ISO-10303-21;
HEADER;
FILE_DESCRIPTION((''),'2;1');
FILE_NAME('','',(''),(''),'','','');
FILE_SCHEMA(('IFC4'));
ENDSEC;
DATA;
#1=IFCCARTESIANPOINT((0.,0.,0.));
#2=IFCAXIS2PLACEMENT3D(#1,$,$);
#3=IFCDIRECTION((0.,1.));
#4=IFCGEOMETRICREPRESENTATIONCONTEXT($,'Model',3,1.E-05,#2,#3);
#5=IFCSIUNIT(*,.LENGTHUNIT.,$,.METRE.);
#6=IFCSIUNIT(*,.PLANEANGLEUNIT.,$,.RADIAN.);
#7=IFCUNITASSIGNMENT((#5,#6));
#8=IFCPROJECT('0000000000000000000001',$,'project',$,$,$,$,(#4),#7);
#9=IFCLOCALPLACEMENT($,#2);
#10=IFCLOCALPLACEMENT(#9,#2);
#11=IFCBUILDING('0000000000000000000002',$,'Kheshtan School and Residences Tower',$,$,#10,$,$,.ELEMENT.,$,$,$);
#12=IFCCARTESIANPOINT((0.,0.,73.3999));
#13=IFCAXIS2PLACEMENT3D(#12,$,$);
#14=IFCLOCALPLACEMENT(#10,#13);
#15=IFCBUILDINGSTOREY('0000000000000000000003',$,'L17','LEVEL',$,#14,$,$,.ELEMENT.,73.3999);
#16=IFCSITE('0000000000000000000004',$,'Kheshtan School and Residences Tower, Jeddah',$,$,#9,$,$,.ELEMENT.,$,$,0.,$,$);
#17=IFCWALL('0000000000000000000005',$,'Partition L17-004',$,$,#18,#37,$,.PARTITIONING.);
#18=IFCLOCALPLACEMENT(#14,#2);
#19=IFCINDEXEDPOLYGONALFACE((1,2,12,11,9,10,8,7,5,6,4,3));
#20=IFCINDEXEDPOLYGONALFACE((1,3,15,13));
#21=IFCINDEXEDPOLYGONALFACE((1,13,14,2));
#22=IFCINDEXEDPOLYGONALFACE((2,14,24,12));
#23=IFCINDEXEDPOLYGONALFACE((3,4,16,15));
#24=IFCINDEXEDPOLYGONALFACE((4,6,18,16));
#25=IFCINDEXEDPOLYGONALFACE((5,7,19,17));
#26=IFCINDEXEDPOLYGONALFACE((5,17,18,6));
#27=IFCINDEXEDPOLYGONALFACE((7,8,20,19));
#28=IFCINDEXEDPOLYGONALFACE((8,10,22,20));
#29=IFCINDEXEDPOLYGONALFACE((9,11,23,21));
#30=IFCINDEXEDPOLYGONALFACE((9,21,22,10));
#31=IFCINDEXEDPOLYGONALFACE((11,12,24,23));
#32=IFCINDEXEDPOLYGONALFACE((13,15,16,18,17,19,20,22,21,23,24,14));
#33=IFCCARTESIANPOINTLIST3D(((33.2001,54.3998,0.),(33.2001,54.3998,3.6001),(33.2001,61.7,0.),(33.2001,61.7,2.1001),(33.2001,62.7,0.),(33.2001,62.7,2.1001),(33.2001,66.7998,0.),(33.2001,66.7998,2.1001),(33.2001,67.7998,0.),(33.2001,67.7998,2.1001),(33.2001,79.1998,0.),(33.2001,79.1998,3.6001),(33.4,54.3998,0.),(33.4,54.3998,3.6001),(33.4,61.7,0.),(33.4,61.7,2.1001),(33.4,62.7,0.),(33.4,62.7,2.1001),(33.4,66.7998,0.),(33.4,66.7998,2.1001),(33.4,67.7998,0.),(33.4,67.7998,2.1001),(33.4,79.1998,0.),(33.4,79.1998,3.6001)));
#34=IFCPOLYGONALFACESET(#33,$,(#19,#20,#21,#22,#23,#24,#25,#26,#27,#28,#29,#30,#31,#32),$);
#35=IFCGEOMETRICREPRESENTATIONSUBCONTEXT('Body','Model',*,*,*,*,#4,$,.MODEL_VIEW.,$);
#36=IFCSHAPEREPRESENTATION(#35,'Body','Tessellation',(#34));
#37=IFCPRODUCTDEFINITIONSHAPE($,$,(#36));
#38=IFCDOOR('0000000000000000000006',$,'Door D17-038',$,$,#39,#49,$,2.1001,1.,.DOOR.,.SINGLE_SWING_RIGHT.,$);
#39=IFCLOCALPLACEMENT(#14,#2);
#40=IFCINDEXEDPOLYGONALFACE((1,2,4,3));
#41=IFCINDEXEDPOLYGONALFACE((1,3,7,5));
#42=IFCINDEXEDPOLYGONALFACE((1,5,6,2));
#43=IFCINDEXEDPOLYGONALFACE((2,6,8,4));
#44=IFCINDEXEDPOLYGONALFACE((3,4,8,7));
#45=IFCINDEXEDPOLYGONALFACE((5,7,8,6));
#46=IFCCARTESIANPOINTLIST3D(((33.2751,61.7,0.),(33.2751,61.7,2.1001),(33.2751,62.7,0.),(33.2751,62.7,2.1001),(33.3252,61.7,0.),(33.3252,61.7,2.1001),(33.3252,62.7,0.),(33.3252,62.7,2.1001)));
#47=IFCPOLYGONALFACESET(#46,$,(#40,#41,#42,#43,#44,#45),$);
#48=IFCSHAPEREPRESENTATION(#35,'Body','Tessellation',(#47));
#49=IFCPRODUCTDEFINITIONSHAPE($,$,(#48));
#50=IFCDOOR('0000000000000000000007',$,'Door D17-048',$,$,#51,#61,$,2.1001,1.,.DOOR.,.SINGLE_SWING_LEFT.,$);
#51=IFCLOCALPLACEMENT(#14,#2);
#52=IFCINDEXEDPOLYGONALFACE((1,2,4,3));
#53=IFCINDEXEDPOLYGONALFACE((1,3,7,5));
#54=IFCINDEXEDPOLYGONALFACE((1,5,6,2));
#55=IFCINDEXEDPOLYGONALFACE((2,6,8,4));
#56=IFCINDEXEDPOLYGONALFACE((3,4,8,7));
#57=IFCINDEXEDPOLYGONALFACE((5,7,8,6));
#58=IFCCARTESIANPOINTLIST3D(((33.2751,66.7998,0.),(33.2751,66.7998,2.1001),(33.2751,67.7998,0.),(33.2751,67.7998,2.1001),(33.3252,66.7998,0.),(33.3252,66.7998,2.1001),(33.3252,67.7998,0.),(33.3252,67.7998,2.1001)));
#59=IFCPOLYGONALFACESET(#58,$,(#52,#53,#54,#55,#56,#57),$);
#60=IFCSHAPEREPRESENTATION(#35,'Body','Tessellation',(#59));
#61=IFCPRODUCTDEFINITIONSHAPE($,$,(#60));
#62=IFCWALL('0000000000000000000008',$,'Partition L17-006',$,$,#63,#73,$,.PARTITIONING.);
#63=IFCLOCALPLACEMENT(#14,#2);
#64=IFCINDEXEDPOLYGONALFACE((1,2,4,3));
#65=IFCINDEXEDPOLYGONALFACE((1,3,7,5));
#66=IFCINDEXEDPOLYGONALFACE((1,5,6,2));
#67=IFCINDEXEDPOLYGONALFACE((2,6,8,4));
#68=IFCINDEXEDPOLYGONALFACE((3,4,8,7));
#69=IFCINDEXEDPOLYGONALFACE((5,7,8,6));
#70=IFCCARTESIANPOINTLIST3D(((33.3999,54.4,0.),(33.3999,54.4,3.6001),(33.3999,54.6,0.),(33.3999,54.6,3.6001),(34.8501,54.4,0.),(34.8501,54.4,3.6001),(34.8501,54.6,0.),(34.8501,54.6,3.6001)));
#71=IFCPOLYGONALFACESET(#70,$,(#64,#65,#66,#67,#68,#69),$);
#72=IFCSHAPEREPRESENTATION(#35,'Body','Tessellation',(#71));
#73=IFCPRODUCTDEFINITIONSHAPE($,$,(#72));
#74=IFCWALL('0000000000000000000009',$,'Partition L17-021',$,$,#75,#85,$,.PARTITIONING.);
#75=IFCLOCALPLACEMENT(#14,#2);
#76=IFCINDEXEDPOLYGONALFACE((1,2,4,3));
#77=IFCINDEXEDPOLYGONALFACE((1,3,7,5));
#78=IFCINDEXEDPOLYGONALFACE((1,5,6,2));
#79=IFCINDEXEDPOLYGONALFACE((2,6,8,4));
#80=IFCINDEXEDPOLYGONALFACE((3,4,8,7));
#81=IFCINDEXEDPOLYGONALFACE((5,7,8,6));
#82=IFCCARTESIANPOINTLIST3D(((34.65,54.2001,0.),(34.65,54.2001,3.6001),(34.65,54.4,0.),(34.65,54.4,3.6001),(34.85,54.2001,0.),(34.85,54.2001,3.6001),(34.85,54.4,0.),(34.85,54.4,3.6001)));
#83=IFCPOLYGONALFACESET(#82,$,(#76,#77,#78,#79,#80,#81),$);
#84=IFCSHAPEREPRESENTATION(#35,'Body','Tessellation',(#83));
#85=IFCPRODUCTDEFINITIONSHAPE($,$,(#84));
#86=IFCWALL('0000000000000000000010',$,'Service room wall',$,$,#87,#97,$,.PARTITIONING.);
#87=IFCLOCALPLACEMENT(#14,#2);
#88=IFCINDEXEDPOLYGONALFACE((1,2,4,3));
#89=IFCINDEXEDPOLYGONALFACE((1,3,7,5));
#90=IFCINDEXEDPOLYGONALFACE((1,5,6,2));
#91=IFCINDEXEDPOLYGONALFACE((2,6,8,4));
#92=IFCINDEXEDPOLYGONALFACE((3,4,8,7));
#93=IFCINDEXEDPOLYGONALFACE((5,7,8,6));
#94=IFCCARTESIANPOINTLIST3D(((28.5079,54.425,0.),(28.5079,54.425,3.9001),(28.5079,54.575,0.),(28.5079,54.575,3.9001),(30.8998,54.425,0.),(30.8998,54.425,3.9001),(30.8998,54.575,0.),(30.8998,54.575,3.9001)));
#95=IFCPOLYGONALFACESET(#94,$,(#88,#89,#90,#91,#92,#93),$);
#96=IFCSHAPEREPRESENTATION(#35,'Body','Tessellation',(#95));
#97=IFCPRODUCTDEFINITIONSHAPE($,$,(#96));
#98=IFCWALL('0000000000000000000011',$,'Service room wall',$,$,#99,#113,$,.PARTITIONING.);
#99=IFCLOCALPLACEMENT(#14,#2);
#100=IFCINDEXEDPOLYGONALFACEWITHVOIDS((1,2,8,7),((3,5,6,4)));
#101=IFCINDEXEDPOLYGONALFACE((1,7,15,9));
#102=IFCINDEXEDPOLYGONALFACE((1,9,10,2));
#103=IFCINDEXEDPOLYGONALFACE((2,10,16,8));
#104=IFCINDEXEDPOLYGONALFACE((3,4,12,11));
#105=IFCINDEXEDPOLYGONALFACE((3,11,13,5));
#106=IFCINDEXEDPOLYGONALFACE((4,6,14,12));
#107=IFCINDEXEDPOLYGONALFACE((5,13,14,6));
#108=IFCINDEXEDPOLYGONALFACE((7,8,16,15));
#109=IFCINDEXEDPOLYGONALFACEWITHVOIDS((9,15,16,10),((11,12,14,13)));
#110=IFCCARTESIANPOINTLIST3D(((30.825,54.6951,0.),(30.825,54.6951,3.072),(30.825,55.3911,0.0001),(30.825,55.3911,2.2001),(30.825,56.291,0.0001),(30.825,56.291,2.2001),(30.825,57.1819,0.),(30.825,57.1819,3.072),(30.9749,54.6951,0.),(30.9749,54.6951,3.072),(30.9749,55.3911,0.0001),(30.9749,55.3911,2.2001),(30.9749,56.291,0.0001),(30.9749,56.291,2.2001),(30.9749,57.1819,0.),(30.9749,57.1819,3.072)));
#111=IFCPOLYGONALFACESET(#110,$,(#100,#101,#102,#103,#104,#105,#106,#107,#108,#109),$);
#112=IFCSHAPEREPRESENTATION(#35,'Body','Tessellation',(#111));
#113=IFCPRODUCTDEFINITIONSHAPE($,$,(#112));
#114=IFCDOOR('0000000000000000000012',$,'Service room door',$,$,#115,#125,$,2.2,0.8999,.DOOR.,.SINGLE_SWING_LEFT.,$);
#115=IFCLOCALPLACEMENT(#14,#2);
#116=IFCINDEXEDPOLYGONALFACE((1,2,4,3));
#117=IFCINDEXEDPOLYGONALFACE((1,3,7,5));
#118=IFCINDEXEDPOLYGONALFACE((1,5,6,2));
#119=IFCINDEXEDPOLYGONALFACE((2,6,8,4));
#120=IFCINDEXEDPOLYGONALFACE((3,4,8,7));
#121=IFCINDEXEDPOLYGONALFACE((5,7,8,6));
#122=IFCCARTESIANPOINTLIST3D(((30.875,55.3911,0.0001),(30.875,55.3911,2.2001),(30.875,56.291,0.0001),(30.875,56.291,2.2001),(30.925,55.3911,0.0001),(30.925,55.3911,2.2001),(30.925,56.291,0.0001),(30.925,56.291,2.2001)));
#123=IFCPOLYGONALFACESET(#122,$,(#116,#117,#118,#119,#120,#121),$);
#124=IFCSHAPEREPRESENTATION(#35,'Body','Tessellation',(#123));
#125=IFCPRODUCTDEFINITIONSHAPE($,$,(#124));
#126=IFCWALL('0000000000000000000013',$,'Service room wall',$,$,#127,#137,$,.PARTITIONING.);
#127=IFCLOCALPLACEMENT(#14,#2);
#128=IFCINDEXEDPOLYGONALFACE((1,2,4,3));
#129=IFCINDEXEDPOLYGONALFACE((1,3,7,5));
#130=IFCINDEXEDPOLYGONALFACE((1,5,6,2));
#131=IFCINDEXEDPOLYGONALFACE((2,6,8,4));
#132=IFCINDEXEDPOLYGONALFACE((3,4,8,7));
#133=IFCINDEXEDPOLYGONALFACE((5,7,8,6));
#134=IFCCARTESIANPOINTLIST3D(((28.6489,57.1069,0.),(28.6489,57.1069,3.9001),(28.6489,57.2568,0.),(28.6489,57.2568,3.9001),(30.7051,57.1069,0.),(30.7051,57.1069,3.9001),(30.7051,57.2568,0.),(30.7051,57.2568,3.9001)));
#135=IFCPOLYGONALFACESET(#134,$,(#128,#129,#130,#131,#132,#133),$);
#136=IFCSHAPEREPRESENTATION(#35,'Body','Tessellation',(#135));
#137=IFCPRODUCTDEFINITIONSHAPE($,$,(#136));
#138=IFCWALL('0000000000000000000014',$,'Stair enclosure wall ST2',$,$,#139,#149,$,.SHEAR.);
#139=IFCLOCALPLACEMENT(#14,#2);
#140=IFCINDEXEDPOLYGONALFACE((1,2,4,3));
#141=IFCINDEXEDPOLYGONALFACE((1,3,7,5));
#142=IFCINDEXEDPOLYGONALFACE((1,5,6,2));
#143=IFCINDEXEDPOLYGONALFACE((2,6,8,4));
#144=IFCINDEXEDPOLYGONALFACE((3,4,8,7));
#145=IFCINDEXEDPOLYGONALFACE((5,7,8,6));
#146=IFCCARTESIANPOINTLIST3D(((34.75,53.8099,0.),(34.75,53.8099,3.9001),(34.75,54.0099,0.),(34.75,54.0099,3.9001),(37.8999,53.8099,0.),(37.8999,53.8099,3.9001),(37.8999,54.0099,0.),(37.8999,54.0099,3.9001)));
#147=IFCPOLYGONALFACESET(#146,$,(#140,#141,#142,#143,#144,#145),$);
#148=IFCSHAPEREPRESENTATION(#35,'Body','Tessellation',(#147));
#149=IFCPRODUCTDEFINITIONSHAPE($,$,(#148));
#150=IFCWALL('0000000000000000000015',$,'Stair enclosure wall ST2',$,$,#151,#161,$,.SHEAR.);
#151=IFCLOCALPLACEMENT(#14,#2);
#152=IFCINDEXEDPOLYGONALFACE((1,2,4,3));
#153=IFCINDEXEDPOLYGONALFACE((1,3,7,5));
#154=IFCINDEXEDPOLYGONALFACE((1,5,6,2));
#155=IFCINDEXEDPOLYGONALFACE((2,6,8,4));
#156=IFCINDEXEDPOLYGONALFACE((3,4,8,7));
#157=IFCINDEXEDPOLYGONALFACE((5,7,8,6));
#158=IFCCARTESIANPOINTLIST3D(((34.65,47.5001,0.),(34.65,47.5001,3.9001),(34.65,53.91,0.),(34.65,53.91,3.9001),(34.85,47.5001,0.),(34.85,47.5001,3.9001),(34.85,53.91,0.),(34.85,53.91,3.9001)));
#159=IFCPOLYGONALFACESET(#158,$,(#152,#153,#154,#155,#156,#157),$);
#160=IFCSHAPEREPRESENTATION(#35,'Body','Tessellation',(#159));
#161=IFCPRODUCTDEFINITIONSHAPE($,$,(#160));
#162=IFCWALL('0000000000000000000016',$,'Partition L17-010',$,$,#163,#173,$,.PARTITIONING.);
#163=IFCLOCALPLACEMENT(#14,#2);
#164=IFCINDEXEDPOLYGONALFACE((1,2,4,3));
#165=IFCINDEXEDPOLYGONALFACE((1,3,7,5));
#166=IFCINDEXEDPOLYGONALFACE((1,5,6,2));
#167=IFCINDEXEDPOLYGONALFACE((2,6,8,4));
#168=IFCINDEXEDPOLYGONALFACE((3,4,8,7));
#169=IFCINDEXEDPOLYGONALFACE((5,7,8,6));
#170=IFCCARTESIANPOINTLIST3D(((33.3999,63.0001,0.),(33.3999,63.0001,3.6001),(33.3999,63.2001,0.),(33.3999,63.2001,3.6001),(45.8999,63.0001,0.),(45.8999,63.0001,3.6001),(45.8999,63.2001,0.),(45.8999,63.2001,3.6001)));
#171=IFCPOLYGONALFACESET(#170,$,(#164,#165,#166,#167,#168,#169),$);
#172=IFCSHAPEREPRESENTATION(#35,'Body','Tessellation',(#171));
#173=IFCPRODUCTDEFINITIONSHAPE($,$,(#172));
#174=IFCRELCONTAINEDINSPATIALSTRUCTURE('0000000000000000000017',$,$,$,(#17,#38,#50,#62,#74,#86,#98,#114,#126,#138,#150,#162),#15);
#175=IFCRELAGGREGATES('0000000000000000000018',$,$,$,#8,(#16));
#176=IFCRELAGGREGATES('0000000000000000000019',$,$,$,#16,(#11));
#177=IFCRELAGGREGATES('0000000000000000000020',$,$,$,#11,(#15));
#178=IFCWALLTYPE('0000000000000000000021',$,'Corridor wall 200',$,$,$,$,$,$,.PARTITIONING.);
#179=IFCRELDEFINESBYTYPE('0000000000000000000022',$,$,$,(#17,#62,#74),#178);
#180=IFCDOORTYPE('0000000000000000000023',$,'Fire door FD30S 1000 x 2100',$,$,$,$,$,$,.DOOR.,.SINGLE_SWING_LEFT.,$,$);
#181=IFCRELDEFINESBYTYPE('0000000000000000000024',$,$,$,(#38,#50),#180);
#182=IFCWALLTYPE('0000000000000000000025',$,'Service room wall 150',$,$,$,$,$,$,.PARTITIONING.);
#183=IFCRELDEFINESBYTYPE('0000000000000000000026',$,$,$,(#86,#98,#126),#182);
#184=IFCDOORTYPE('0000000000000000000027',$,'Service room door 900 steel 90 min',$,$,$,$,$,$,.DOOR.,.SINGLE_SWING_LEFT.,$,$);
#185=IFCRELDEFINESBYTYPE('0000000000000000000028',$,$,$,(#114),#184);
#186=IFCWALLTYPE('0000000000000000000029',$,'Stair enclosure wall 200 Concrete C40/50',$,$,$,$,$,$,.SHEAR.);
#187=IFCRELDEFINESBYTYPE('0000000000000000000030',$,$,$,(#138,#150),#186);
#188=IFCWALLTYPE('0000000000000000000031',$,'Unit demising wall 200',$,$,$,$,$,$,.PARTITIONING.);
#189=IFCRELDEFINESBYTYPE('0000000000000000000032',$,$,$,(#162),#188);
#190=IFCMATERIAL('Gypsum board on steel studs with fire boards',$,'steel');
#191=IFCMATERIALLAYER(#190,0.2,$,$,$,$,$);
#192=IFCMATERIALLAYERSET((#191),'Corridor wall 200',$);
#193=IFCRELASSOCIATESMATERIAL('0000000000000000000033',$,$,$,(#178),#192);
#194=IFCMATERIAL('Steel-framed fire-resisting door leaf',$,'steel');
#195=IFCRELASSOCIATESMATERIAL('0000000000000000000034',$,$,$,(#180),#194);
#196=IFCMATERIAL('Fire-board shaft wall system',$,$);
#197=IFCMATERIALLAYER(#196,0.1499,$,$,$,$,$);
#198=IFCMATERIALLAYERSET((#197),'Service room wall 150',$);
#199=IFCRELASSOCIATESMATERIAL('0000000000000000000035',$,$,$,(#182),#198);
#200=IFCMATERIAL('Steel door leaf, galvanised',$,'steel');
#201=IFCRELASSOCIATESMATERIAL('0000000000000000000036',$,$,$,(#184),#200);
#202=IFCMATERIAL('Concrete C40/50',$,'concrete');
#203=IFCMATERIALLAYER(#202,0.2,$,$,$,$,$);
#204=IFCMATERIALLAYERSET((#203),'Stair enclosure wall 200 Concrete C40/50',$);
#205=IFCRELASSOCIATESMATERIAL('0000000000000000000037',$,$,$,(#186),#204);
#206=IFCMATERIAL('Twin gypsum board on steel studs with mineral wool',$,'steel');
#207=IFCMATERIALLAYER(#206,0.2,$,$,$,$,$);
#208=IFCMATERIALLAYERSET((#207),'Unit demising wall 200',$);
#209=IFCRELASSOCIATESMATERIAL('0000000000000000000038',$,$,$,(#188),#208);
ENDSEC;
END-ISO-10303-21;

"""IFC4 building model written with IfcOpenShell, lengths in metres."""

from ifc_helpers import new_model, si_unit, direction, frame, frame_2d, origin, place, context, subcontext, project, spatial, rectangle, extrude, source, transform, mapped, material, layer, layer_set, type_object, element, fill, save


model = new_model("IFC4")

# Units and contexts
model_context = context("Model", 3, precision=1e-05, world=origin(), true_north=direction((0.0, 1.0)))
body_context = subcontext(model_context, "Body", "Model", "MODEL_VIEW")
ifc_project = project(units=[si_unit("LENGTHUNIT", "METRE"), si_unit("PLANEANGLEUNIT", "RADIAN")], contexts=[model_context])

# Site, building, storey
site_placement = place(None, origin())
site = spatial("IfcSite", under=ifc_project, at=site_placement, Name="Kheshtan School and Residences Tower, Jeddah", CompositionType="ELEMENT", RefElevation=0.0)
building_placement = place(site_placement, origin())
building = spatial("IfcBuilding", under=site, at=building_placement, Name="Kheshtan School and Residences Tower", CompositionType="ELEMENT")
storey_placement = place(building_placement, frame((0.0, 0.0, 73.3999)))
storey = spatial("IfcBuildingStorey", under=building, at=storey_placement, Name="L17", Description="LEVEL", CompositionType="ELEMENT", Elevation=73.3999)

# Wall, openings, doors
ifc_material_1 = material(Name="Gypsum board on steel studs with fire boards", Category="steel")
ifc_layer_1 = layer(ifc_material_1, 0.2)
ifc_layer_set_1 = layer_set([ifc_layer_1], Name="Corridor wall 200")
wall_type_1 = type_object("IfcWallType", Name="Corridor wall 200", PredefinedType="PARTITIONING", material=ifc_layer_set_1)
wall_1_placement = place(storey_placement, frame((33.3, 54.3999, 0.0), z_axis=(0.0, 0.0, 1.0), x_axis=(0.0, 1.0, 0.0)))
wall_1 = element("IfcWall", 1, at=wall_1_placement, inside=storey, type_object=wall_type_1, Name="Partition L17-004", PredefinedType="PARTITIONING", context=body_context, shape_type="SweptSolid", body=[
    extrude(rectangle(XDim=24.8, YDim=0.2, at=frame_2d((12.3999, 0.0))), origin(), (0.0, 0.0, 1.0), 3.6001),
])
opening_1_placement = place(wall_1_placement, frame((7.3, 0.0, 0.0)))
opening_1 = element("IfcOpeningElement", 2, at=opening_1_placement, cuts=wall_1, PredefinedType="OPENING", context=body_context, shape_type="SweptSolid", body=[
    extrude(rectangle(XDim=1.0, YDim=2.1001, at=frame_2d((0.5, 1.05))), frame((0.0, 0.1099, 0.0), z_axis=(0.0, -1.0, 0.0), x_axis=(1.0, 0.0, 0.0)), (0.0, 0.0, 1.0), 0.22),
])
opening_2_placement = place(wall_1_placement, frame((12.3999, 0.0, 0.0)))
opening_2 = element("IfcOpeningElement", 3, at=opening_2_placement, cuts=wall_1, PredefinedType="OPENING", context=body_context, shape_type="SweptSolid", body=[
    extrude(rectangle(XDim=1.0, YDim=2.1001, at=frame_2d((0.5, 1.05))), frame((0.0, 0.1099, 0.0), z_axis=(0.0, -1.0, 0.0), x_axis=(1.0, 0.0, 0.0)), (0.0, 0.0, 1.0), 0.22),
])
ifc_material_2 = material(Name="Steel-framed fire-resisting door leaf", Category="steel")
door_type_1 = type_object("IfcDoorType", Name="Fire door FD30S 1000 x 2100", OperationType="SINGLE_SWING_LEFT", PredefinedType="DOOR", material=ifc_material_2)
shared_shape_1 = source(origin(), body_context, "Body", "SweptSolid", [
    extrude(rectangle(XDim=1.0, YDim=2.1001, at=frame_2d((0.5, 1.05))), frame((0.0, 0.0249, 0.0), z_axis=(0.0, -1.0, 0.0), x_axis=(1.0, 0.0, 0.0)), (0.0, 0.0, 1.0), 0.05),
])
door_1_placement = place(opening_1_placement, origin())
door_1 = element("IfcDoor", 4, at=door_1_placement, inside=storey, type_object=door_type_1, Name="Door D17-038", OperationType="SINGLE_SWING_RIGHT", OverallHeight=2.1001, OverallWidth=1.0, PredefinedType="DOOR", context=body_context, shape_type="MappedRepresentation", body=[
    mapped(shared_shape_1, transform((0.0, 0.0, 0.0), x_axis=(1.0, 0.0, 0.0), y_axis=(0.0, 1.0, 0.0), z_axis=(0.0, 0.0, 1.0), scale=1.0)),
])
fill(opening_1, door_1)
door_2_placement = place(opening_2_placement, origin())
door_2 = element("IfcDoor", 5, at=door_2_placement, inside=storey, type_object=door_type_1, Name="Door D17-048", OperationType="SINGLE_SWING_LEFT", OverallHeight=2.1001, OverallWidth=1.0, PredefinedType="DOOR", context=body_context, shape_type="MappedRepresentation", body=[
    mapped(shared_shape_1, transform((0.0, 0.0, 0.0), x_axis=(1.0, 0.0, 0.0), y_axis=(0.0, 1.0, 0.0), z_axis=(0.0, 0.0, 1.0), scale=1.0)),
])
fill(opening_2, door_2)

# Walls
wall_2_placement = place(storey_placement, frame((33.3999, 54.5, 0.0), z_axis=(0.0, 0.0, 1.0), x_axis=(1.0, 0.0, 0.0)))
element("IfcWall", 6, at=wall_2_placement, inside=storey, type_object=wall_type_1, Name="Partition L17-006", PredefinedType="PARTITIONING", context=body_context, shape_type="SweptSolid", body=[
    extrude(rectangle(XDim=1.4502, YDim=0.2, at=frame_2d((0.7251, 0.0))), origin(), (0.0, 0.0, 1.0), 3.6001),
])
wall_3_placement = place(storey_placement, frame((34.75, 54.2, 0.0), z_axis=(0.0, 0.0, 1.0), x_axis=(0.0, 1.0, 0.0)))
element("IfcWall", 7, at=wall_3_placement, inside=storey, type_object=wall_type_1, Name="Partition L17-021", PredefinedType="PARTITIONING", context=body_context, shape_type="SweptSolid", body=[
    extrude(rectangle(XDim=0.2, YDim=0.2, at=frame_2d((0.1001, 0.0))), origin(), (0.0, 0.0, 1.0), 3.6001),
])
ifc_material_3 = material(Name="Fire-board shaft wall system")
ifc_layer_2 = layer(ifc_material_3, 0.1499)
ifc_layer_set_2 = layer_set([ifc_layer_2], Name="Service room wall 150")
wall_type_2 = type_object("IfcWallType", Name="Service room wall 150", PredefinedType="PARTITIONING", material=ifc_layer_set_2)
wall_4_placement = place(storey_placement, frame((28.5081, 54.5, 0.0), z_axis=(0.0, 0.0, 1.0), x_axis=(1.0, 0.0, 0.0)))
element("IfcWall", 8, at=wall_4_placement, inside=storey, type_object=wall_type_2, Name="Service room wall", PredefinedType="PARTITIONING", context=body_context, shape_type="SweptSolid", body=[
    extrude(rectangle(XDim=2.3918, YDim=0.1499, at=frame_2d((1.1958, 0.0))), origin(), (0.0, 0.0, 1.0), 3.9001),
])

# Wall, opening, door
wall_5_placement = place(storey_placement, frame((30.8999, 54.6951, 0.0), z_axis=(0.0, 0.0, 1.0), x_axis=(0.0, 1.0, 0.0)))
wall_5 = element("IfcWall", 9, at=wall_5_placement, inside=storey, type_object=wall_type_2, Name="Service room wall", PredefinedType="PARTITIONING", context=body_context, shape_type="SweptSolid", body=[
    extrude(rectangle(XDim=2.4868, YDim=0.1499, at=frame_2d((1.2434, 0.0))), origin(), (0.0, 0.0, 1.0), 3.072),
])
opening_3_placement = place(wall_5_placement, frame((0.696, 0.0, 0.0)))
opening_3 = element("IfcOpeningElement", 10, at=opening_3_placement, cuts=wall_5, PredefinedType="OPENING", context=body_context, shape_type="SweptSolid", body=[
    extrude(rectangle(XDim=0.8999, YDim=2.2, at=frame_2d((0.45, 1.1001))), frame((0.0, 0.085, 0.0), z_axis=(0.0, -1.0, 0.0), x_axis=(1.0, 0.0, 0.0)), (0.0, 0.0, 1.0), 0.1699),
])
ifc_material_4 = material(Name="Steel door leaf, galvanised", Category="steel")
door_type_2 = type_object("IfcDoorType", Name="Service room door 900 steel 90 min", OperationType="SINGLE_SWING_LEFT", PredefinedType="DOOR", material=ifc_material_4)
shared_shape_2 = source(origin(), body_context, "Body", "SweptSolid", [
    extrude(rectangle(XDim=0.8999, YDim=2.2, at=frame_2d((0.45, 1.1001))), frame((0.0, 0.0249, 0.0), z_axis=(0.0, -1.0, 0.0), x_axis=(1.0, 0.0, 0.0)), (0.0, 0.0, 1.0), 0.05),
])
door_3_placement = place(opening_3_placement, origin())
door_3 = element("IfcDoor", 11, at=door_3_placement, inside=storey, type_object=door_type_2, Name="Service room door", OperationType="SINGLE_SWING_LEFT", OverallHeight=2.2, OverallWidth=0.8999, PredefinedType="DOOR", context=body_context, shape_type="MappedRepresentation", body=[
    mapped(shared_shape_2, transform((0.0, 0.0, 0.0), x_axis=(1.0, 0.0, 0.0), y_axis=(0.0, 1.0, 0.0), z_axis=(0.0, 0.0, 1.0), scale=1.0)),
])
fill(opening_3, door_3)

# Walls
wall_6_placement = place(storey_placement, frame((28.6489, 57.1819, 0.0), z_axis=(0.0, 0.0, 1.0), x_axis=(1.0, 0.0, 0.0)))
element("IfcWall", 12, at=wall_6_placement, inside=storey, type_object=wall_type_2, Name="Service room wall", PredefinedType="PARTITIONING", context=body_context, shape_type="SweptSolid", body=[
    extrude(rectangle(XDim=2.0562, YDim=0.1499, at=frame_2d((1.0281, 0.0))), origin(), (0.0, 0.0, 1.0), 3.9001),
])
ifc_material_5 = material(Name="Concrete C40/50", Category="concrete")
ifc_layer_3 = layer(ifc_material_5, 0.2)
ifc_layer_set_3 = layer_set([ifc_layer_3], Name="Stair enclosure wall 200 Concrete C40/50")
wall_type_3 = type_object("IfcWallType", Name="Stair enclosure wall 200 Concrete C40/50", PredefinedType="SHEAR", material=ifc_layer_set_3)
wall_7_placement = place(storey_placement, frame((34.75, 53.9099, 0.0), z_axis=(0.0, 0.0, 1.0), x_axis=(1.0, 0.0, 0.0)))
element("IfcWall", 13, at=wall_7_placement, inside=storey, type_object=wall_type_3, Name="Stair enclosure wall ST2", PredefinedType="SHEAR", context=body_context, shape_type="SweptSolid", body=[
    extrude(rectangle(XDim=3.1499, YDim=0.2, at=frame_2d((1.575, 0.0))), origin(), (0.0, 0.0, 1.0), 3.9001),
])
wall_8_placement = place(storey_placement, frame((34.75, 47.5, 0.0), z_axis=(0.0, 0.0, 1.0), x_axis=(0.0, 1.0, 0.0)))
element("IfcWall", 14, at=wall_8_placement, inside=storey, type_object=wall_type_3, Name="Stair enclosure wall ST2", PredefinedType="SHEAR", context=body_context, shape_type="SweptSolid", body=[
    extrude(rectangle(XDim=6.4099, YDim=0.2, at=frame_2d((3.2051, 0.0))), origin(), (0.0, 0.0, 1.0), 3.9001),
])
ifc_material_6 = material(Name="Twin gypsum board on steel studs with mineral wool", Category="steel")
ifc_layer_4 = layer(ifc_material_6, 0.2)
ifc_layer_set_4 = layer_set([ifc_layer_4], Name="Unit demising wall 200")
wall_type_4 = type_object("IfcWallType", Name="Unit demising wall 200", PredefinedType="PARTITIONING", material=ifc_layer_set_4)
wall_9_placement = place(storey_placement, frame((33.3999, 63.1001, 0.0), z_axis=(0.0, 0.0, 1.0), x_axis=(1.0, 0.0, 0.0)))
element("IfcWall", 15, at=wall_9_placement, inside=storey, type_object=wall_type_4, Name="Partition L17-010", PredefinedType="PARTITIONING", context=body_context, shape_type="SweptSolid", body=[
    extrude(rectangle(XDim=12.5, YDim=0.2, at=frame_2d((6.25, 0.0))), origin(), (0.0, 0.0, 1.0), 3.6001),
])

save(model, "model.ifc")
